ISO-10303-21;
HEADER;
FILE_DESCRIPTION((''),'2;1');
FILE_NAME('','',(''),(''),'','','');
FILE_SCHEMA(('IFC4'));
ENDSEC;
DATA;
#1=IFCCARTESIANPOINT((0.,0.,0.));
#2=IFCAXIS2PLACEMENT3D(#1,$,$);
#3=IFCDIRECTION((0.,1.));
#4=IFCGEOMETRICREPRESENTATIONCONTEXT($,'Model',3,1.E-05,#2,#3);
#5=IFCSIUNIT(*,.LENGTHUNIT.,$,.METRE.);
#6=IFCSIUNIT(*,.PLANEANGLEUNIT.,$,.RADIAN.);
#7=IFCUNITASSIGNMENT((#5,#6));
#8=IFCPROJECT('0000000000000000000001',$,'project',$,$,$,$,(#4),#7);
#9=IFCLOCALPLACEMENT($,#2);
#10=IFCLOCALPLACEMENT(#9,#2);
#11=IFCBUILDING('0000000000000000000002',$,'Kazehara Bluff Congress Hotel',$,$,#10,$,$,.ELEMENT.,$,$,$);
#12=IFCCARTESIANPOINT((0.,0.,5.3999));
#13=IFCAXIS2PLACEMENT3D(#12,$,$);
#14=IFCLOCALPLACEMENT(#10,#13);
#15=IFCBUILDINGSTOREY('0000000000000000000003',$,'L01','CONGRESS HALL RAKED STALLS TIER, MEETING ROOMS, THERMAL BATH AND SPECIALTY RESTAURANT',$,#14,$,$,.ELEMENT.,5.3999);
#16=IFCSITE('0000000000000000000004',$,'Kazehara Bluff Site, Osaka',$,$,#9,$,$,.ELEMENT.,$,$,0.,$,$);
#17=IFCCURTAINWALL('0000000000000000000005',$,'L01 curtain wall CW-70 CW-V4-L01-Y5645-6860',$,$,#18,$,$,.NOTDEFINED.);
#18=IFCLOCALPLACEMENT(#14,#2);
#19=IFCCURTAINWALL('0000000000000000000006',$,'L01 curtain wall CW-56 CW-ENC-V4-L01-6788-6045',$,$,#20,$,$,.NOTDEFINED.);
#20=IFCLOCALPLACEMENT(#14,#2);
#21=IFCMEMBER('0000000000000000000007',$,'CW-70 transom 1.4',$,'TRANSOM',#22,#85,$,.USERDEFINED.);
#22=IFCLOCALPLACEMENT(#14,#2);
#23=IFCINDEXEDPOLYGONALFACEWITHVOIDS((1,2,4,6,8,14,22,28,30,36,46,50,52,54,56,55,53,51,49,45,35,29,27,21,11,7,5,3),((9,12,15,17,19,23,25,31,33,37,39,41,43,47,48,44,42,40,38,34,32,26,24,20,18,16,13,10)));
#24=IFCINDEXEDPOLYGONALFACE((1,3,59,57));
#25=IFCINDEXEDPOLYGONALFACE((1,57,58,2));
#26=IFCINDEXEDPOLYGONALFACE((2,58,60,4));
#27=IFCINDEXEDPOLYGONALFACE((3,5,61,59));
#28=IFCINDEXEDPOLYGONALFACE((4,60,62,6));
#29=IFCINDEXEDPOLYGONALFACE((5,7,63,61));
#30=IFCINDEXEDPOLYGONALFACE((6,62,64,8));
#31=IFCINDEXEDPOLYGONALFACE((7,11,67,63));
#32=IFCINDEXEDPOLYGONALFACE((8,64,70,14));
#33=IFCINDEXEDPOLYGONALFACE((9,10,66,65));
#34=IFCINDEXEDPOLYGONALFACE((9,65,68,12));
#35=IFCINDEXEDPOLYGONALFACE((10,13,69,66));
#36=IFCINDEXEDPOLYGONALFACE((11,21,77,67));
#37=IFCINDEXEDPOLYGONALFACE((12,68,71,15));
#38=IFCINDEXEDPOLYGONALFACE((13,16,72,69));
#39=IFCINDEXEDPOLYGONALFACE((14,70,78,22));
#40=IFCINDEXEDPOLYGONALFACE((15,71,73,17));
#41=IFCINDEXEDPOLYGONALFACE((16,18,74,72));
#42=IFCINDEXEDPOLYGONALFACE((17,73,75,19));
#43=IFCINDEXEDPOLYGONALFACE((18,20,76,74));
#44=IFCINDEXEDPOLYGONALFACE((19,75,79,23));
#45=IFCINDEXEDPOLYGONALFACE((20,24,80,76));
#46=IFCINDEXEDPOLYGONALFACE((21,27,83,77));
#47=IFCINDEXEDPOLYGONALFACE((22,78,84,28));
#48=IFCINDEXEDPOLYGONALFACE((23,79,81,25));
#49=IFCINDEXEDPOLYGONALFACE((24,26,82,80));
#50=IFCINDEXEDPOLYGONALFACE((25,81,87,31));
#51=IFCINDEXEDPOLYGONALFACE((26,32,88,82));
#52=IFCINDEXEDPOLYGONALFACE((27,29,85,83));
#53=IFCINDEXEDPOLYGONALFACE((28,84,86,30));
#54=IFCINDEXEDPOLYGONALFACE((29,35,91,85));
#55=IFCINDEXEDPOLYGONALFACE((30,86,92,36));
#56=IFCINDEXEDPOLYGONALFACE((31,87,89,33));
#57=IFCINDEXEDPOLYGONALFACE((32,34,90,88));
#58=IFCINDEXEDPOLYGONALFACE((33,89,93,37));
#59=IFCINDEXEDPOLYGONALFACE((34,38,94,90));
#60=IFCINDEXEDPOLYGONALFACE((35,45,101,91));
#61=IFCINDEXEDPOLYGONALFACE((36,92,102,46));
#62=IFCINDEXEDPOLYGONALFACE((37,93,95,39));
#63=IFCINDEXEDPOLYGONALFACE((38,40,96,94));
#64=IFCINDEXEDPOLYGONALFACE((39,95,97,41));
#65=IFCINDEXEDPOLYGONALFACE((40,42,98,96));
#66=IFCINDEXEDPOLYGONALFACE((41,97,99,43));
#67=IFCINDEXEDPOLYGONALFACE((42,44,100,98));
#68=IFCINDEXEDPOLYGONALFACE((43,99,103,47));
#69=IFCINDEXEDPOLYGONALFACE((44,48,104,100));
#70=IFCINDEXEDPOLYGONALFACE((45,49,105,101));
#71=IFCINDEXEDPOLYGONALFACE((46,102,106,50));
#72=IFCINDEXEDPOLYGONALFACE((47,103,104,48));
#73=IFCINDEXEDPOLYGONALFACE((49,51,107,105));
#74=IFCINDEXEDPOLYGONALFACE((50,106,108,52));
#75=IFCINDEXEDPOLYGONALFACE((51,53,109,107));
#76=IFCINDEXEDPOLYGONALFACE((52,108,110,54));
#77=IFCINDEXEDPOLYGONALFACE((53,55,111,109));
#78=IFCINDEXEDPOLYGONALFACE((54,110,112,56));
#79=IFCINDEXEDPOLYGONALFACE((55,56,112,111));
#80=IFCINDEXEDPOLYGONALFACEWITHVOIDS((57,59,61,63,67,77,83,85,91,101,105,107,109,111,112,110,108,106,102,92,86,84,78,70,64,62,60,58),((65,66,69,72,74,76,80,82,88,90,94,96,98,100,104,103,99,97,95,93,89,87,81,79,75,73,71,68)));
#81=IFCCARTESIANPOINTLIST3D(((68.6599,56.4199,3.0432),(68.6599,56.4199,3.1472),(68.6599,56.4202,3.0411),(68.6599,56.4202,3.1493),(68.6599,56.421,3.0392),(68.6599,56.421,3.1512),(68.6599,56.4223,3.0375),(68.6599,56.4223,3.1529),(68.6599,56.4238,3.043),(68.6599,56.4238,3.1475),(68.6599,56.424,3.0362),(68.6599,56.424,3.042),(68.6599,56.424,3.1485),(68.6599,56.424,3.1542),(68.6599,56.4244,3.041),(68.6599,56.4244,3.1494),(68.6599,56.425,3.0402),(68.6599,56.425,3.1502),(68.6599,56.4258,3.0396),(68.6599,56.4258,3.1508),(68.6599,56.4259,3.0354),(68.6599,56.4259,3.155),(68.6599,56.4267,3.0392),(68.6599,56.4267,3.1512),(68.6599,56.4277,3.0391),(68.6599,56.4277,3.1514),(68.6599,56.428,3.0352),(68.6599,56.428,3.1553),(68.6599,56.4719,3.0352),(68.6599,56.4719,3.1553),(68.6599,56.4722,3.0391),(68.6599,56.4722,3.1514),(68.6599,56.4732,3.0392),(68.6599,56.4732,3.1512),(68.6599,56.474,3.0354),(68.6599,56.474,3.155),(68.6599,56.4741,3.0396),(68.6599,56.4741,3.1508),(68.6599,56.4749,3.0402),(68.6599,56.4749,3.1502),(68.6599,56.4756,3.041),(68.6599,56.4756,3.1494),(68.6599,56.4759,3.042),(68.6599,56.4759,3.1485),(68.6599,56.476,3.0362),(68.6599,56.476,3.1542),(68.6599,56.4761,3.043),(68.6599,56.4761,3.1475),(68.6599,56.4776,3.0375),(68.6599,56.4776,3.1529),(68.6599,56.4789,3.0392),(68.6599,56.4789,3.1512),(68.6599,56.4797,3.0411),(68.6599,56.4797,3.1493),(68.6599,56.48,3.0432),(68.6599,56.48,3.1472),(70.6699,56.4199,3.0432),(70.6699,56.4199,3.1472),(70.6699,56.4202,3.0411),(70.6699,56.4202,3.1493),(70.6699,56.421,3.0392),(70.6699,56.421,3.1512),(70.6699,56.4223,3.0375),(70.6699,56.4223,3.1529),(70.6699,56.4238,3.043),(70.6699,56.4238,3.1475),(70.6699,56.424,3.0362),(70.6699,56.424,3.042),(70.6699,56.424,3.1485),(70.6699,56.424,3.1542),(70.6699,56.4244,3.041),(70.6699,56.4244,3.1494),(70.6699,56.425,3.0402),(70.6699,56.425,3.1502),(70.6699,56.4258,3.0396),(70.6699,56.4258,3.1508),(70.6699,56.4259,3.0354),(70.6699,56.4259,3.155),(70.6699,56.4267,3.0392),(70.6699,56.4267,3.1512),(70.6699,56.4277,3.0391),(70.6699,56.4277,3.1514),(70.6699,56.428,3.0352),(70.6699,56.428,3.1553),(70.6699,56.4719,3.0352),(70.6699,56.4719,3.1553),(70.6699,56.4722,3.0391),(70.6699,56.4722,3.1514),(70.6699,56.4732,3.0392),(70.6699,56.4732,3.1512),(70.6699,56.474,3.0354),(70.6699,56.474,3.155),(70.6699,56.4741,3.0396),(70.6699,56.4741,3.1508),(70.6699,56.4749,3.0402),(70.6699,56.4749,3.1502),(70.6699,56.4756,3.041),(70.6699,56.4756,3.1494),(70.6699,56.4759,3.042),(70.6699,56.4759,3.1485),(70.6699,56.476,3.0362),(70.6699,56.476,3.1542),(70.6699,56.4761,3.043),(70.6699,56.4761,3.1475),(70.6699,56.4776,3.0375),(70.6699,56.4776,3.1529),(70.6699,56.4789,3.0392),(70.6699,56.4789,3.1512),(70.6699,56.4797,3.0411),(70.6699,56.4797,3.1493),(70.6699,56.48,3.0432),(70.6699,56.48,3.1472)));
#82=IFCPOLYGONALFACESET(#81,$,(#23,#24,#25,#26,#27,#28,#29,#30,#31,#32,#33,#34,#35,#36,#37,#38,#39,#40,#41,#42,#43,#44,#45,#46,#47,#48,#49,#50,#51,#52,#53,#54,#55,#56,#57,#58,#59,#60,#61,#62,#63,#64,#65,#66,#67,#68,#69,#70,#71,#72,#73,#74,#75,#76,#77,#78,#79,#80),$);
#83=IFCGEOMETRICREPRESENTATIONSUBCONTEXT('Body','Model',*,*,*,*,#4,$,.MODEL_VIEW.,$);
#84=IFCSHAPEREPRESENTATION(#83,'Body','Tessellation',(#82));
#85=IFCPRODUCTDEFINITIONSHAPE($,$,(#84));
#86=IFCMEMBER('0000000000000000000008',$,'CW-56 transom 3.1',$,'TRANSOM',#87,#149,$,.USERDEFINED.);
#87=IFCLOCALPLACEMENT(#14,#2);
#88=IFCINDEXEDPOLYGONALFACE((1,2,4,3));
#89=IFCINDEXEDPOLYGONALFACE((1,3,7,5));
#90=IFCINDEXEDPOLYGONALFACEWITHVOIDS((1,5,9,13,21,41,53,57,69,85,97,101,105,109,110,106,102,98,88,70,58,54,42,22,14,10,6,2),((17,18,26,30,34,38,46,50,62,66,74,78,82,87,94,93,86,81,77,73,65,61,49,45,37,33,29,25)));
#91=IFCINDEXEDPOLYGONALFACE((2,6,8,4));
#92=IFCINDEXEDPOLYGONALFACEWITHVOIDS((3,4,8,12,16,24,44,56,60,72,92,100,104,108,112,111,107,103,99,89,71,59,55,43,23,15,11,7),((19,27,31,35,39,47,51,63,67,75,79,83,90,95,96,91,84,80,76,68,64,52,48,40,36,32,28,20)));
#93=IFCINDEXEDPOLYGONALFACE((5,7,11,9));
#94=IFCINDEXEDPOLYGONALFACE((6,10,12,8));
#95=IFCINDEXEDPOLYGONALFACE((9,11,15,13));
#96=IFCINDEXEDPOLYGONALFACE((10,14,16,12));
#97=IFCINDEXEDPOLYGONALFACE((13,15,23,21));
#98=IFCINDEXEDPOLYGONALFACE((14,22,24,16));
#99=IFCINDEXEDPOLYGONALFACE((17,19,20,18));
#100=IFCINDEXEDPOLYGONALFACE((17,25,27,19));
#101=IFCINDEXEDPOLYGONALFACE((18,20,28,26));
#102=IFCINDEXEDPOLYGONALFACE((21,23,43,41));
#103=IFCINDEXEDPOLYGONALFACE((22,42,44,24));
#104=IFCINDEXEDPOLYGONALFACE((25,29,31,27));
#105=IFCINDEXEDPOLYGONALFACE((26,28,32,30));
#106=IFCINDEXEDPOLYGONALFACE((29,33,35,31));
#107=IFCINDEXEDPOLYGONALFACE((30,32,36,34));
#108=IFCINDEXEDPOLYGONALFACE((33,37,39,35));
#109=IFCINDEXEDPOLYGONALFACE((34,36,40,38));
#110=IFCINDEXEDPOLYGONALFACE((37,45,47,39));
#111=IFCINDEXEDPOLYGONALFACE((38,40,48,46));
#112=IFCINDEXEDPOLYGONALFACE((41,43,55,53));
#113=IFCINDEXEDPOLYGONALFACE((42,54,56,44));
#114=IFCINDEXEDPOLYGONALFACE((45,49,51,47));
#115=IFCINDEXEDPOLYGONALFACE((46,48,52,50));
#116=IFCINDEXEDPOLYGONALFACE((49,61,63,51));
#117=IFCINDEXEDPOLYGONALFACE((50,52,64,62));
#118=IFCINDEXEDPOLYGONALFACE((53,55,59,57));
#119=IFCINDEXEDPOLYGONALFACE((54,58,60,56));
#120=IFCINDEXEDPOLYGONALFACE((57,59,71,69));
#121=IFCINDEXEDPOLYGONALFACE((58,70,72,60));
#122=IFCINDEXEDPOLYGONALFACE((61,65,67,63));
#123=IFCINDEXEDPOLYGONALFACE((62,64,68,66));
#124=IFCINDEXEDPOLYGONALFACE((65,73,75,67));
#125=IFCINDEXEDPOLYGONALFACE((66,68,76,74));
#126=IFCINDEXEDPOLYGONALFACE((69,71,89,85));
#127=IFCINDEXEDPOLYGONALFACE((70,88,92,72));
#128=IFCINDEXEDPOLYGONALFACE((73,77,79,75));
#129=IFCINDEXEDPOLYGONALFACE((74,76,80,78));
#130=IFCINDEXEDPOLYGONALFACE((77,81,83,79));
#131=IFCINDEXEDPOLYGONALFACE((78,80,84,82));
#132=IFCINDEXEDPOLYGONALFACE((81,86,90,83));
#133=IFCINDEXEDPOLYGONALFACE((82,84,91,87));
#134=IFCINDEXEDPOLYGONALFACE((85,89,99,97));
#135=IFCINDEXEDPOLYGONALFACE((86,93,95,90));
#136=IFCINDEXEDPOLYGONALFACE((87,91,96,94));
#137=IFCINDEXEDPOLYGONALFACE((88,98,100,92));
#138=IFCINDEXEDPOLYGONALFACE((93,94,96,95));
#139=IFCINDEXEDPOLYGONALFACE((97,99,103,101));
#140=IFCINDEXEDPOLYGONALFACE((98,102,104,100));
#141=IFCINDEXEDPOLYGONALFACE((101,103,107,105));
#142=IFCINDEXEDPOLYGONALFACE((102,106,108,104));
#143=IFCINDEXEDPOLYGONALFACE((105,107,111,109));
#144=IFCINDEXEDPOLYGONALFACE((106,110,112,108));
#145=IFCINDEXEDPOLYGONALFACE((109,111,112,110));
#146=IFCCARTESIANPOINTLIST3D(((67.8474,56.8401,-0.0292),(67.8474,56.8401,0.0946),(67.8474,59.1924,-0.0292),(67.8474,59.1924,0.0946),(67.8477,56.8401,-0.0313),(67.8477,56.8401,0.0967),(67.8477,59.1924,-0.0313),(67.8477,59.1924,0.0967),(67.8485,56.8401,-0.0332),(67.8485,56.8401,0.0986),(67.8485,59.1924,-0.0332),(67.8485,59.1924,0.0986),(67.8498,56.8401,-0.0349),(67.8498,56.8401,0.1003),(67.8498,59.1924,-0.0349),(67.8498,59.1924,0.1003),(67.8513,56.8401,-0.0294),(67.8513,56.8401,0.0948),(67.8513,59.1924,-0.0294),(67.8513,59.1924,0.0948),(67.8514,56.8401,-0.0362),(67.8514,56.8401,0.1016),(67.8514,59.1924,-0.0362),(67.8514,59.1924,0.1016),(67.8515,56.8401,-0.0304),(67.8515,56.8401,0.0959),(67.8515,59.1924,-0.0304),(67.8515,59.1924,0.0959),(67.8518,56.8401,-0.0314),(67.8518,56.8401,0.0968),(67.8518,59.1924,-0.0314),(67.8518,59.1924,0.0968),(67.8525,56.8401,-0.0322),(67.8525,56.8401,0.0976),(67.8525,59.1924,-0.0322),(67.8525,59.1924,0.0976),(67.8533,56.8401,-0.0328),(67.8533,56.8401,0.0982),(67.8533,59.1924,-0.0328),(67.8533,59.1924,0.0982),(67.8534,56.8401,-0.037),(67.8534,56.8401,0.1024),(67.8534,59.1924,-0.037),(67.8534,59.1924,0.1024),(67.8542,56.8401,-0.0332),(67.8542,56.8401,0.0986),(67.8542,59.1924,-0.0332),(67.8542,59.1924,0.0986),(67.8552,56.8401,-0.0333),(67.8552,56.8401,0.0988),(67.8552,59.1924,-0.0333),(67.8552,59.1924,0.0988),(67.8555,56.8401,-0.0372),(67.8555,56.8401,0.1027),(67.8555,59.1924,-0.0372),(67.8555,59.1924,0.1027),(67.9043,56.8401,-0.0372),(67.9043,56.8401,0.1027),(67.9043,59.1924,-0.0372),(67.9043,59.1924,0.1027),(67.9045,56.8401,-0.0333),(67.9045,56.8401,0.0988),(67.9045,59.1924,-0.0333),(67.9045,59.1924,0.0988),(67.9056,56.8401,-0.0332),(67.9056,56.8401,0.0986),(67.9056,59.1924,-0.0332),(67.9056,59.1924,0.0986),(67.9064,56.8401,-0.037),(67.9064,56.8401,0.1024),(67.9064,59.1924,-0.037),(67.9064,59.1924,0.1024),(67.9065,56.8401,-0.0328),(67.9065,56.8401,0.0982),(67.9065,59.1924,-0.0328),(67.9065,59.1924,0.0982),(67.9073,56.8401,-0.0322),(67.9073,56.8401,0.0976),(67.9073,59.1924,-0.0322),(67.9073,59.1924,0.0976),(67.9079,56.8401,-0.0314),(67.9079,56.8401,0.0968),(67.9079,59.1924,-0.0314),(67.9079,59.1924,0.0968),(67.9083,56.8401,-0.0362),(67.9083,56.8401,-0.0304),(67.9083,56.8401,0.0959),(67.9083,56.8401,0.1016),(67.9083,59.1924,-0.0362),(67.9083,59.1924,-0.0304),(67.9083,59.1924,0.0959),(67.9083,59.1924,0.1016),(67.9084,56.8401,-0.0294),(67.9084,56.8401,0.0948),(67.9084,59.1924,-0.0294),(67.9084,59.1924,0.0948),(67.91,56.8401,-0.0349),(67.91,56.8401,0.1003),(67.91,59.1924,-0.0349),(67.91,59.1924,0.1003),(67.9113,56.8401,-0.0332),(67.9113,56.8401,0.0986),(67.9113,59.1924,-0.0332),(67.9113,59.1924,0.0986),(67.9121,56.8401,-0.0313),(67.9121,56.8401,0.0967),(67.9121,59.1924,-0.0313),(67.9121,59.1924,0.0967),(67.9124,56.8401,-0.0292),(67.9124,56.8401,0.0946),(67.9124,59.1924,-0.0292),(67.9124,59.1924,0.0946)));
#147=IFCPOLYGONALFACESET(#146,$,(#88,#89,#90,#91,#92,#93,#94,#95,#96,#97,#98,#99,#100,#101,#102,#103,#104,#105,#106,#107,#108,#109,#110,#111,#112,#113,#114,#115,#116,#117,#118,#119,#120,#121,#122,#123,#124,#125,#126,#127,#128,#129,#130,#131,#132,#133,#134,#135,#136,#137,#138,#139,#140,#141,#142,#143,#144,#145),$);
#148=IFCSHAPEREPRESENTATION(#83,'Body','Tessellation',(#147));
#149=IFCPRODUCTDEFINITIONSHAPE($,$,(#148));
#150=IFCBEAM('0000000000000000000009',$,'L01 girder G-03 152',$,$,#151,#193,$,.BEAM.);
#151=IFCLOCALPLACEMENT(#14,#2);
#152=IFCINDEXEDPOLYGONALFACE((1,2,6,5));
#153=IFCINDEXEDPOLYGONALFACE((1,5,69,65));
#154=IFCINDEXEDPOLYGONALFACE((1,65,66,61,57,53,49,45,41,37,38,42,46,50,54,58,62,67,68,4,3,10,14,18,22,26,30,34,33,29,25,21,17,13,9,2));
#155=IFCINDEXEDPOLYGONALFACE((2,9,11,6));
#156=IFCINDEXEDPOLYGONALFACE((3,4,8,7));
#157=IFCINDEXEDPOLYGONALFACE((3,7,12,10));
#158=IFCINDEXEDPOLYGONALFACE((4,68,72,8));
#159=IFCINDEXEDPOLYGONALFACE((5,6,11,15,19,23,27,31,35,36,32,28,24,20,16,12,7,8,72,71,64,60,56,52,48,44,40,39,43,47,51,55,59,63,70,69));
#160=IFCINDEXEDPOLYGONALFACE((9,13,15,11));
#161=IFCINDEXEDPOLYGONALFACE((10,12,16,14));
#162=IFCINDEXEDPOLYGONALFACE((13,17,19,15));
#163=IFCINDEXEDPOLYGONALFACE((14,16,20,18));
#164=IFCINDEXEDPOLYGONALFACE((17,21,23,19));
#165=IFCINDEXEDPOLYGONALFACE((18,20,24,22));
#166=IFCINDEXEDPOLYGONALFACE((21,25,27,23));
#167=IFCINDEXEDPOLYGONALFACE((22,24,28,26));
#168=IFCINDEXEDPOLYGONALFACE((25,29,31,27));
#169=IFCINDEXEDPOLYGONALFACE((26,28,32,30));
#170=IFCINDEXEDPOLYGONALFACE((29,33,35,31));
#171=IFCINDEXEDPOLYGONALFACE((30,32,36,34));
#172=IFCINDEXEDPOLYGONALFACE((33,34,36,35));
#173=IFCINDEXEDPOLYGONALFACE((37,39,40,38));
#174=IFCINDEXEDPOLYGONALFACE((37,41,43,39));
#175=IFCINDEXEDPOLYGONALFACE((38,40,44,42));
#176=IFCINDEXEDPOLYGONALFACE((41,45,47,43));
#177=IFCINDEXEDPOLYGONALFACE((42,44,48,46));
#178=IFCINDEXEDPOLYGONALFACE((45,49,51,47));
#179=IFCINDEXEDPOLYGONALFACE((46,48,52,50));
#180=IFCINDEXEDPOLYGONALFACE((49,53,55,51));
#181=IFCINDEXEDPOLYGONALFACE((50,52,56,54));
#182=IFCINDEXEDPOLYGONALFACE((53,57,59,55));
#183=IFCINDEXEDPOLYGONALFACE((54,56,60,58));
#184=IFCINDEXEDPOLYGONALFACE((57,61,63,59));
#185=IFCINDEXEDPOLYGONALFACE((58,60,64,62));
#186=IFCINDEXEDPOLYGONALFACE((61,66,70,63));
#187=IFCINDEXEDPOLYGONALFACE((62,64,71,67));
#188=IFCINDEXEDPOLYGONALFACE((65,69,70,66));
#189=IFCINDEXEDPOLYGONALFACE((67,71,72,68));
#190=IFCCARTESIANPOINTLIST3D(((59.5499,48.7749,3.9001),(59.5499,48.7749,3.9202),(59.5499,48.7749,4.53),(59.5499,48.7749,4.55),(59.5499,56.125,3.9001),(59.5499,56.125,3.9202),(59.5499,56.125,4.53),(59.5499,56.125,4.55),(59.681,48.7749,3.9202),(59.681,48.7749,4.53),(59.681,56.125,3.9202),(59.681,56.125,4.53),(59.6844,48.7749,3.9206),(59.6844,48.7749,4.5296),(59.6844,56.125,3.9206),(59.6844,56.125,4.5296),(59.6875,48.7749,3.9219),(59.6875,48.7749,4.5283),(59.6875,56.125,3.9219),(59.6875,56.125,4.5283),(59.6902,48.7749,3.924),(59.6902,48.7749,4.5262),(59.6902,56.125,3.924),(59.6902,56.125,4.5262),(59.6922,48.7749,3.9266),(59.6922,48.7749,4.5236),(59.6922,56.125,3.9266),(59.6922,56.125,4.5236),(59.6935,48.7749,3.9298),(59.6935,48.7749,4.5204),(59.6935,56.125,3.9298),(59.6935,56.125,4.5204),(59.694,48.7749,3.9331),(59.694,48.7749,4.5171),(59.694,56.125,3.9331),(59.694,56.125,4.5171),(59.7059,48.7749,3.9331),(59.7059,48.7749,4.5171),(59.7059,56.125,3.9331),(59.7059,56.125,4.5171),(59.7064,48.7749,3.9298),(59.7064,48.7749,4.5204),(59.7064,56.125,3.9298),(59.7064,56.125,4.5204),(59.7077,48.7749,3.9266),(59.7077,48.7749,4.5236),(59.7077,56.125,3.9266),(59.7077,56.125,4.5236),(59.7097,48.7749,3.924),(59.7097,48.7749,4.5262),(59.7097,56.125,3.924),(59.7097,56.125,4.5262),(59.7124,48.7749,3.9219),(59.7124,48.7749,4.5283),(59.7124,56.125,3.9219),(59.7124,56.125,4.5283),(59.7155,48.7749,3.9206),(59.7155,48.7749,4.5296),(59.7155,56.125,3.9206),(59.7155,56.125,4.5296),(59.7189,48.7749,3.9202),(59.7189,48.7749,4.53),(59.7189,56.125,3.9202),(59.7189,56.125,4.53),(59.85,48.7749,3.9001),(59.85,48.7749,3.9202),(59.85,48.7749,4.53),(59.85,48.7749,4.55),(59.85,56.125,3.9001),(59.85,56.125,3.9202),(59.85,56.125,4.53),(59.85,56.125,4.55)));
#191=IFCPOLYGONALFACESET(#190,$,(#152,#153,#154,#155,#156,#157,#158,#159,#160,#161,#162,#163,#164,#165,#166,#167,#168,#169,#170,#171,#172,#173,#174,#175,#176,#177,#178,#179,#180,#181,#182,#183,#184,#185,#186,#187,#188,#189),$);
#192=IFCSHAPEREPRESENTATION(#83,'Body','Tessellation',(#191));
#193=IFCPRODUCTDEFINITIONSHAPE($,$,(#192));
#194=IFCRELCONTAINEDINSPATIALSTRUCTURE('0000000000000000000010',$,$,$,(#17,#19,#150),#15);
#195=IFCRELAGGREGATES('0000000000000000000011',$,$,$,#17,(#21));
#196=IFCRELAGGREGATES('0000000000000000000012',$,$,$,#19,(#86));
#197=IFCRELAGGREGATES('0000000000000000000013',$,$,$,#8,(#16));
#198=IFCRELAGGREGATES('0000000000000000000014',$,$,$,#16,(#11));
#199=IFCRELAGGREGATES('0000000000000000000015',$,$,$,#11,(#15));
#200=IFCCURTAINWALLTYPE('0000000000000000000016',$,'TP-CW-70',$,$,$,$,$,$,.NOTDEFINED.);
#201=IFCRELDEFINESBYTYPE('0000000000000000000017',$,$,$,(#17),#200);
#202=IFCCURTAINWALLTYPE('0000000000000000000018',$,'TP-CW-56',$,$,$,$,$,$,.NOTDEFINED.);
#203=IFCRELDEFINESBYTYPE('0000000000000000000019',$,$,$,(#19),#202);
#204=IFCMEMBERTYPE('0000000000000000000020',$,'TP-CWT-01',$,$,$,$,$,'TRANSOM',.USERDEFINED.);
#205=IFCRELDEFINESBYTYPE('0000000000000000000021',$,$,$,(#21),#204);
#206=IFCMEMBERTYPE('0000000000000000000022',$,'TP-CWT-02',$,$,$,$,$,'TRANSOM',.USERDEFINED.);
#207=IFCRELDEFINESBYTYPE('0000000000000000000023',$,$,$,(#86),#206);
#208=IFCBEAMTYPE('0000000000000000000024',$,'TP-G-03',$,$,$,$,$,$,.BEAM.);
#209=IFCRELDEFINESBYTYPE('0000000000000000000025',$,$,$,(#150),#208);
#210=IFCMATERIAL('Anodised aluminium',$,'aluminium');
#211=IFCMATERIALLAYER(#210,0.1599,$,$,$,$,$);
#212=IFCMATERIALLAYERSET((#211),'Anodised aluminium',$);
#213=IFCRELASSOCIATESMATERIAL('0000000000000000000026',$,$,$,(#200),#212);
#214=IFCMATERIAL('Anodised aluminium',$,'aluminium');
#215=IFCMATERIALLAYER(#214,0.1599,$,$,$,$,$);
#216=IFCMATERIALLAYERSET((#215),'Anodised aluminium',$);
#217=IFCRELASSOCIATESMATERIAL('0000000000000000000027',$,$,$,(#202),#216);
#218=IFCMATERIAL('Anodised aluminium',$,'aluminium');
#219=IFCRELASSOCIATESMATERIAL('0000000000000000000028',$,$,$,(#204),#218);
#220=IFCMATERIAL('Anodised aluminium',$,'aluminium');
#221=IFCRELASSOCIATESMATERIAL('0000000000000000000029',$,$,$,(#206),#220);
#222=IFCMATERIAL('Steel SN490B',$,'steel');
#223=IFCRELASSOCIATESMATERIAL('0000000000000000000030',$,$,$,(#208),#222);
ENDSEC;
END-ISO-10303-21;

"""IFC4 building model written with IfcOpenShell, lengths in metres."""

from ifc_helpers import new_model, si_unit, direction, frame, origin, origin_2d, place, context, subcontext, project, spatial, hollow_rectangle, i_section, extrude, material, layer, layer_set, material_profile, profile_set, type_object, element, aggregate, save


model = new_model("IFC4")

# Units and contexts
model_context = context("Model", 3, precision=1e-05, world=origin(), true_north=direction((0.0, 1.0)))
body_context = subcontext(model_context, "Body", "Model", "MODEL_VIEW")
ifc_project = project(units=[si_unit("LENGTHUNIT", "METRE"), si_unit("PLANEANGLEUNIT", "RADIAN")], contexts=[model_context])

# Site, building, storey
site_placement = place(None, origin())
site = spatial("IfcSite", under=ifc_project, at=site_placement, Name="Kazehara Bluff Site, Osaka", CompositionType="ELEMENT", RefElevation=0.0)
building_placement = place(site_placement, origin())
building = spatial("IfcBuilding", under=site, at=building_placement, Name="Kazehara Bluff Congress Hotel", CompositionType="ELEMENT")
storey_placement = place(building_placement, frame((0.0, 0.0, 5.3999)))
storey = spatial("IfcBuildingStorey", under=building, at=storey_placement, Name="L01", Description="CONGRESS HALL RAKED STALLS TIER, MEETING ROOMS, THERMAL BATH AND SPECIALTY RESTAURANT", CompositionType="ELEMENT", Elevation=5.3999)

# Curtain walls
ifc_material_1 = material(Name="Anodised aluminium", Category="aluminium")
ifc_layer_1 = layer(ifc_material_1, 0.1599)
ifc_layer_set_1 = layer_set([ifc_layer_1], Name="Anodised aluminium")
curtain_wall_type_1 = type_object("IfcCurtainWallType", Name="TP-CW-70", PredefinedType="NOTDEFINED", material=ifc_layer_set_1)
curtain_wall_1_placement = place(storey_placement, origin())
curtain_wall_1 = element("IfcCurtainWall", 1, at=curtain_wall_1_placement, inside=storey, type_object=curtain_wall_type_1, Name="L01 curtain wall CW-70 CW-V4-L01-Y5645-6860", PredefinedType="NOTDEFINED")
ifc_material_2 = material(Name="Anodised aluminium", Category="aluminium")
ifc_layer_2 = layer(ifc_material_2, 0.1599)
ifc_layer_set_2 = layer_set([ifc_layer_2], Name="Anodised aluminium")
curtain_wall_type_2 = type_object("IfcCurtainWallType", Name="TP-CW-56", PredefinedType="NOTDEFINED", material=ifc_layer_set_2)
curtain_wall_2_placement = place(storey_placement, origin())
curtain_wall_2 = element("IfcCurtainWall", 2, at=curtain_wall_2_placement, inside=storey, type_object=curtain_wall_type_2, Name="L01 curtain wall CW-56 CW-ENC-V4-L01-6788-6045", PredefinedType="NOTDEFINED")

# Members
ifc_material_3 = material(Name="Anodised aluminium", Category="aluminium")
ifc_material_profile_1 = material_profile(ifc_material_3, hollow_rectangle(XDim=0.0601, YDim=0.1201, WallThickness=0.0039, InnerFilletRadius=0.0039, OuterFilletRadius=0.0081, at=origin_2d()))
ifc_profile_set_1 = profile_set([ifc_material_profile_1], Name="Anodised aluminium")
member_type_1 = type_object("IfcMemberType", Name="TP-CWT-01", ElementType="TRANSOM", PredefinedType="USERDEFINED", material=ifc_profile_set_1)
member_1_placement = place(storey_placement, frame((68.6599, 56.45, 3.0952), z_axis=(1.0, 0.0, 0.0), x_axis=(0.0, 1.0, 0.0)))
member_1 = element("IfcMember", 3, at=member_1_placement, type_object=member_type_1, Name="CW-70 transom 1.4", ObjectType="TRANSOM", PredefinedType="USERDEFINED", context=body_context, shape_type="SweptSolid", body=[
    extrude(hollow_rectangle(XDim=0.0601, YDim=0.1201, WallThickness=0.0039, InnerFilletRadius=0.0039, OuterFilletRadius=0.0081, at=origin_2d()), origin(), (0.0, 0.0, 1.0), 2.01),
])
aggregate(curtain_wall_1, [member_1])
ifc_material_4 = material(Name="Anodised aluminium", Category="aluminium")
ifc_material_profile_2 = material_profile(ifc_material_4, hollow_rectangle(XDim=0.0649, YDim=0.1399, WallThickness=0.0039, InnerFilletRadius=0.0039, OuterFilletRadius=0.0081, at=origin_2d()))
ifc_profile_set_2 = profile_set([ifc_material_profile_2], Name="Anodised aluminium")
member_type_2 = type_object("IfcMemberType", Name="TP-CWT-02", ElementType="TRANSOM", PredefinedType="USERDEFINED", material=ifc_profile_set_2)
member_2_placement = place(storey_placement, frame((67.8799, 59.1924, 0.0327), z_axis=(0.0, -1.0, 0.0), x_axis=(1.0, 0.0, 0.0)))
member_2 = element("IfcMember", 4, at=member_2_placement, type_object=member_type_2, Name="CW-56 transom 3.1", ObjectType="TRANSOM", PredefinedType="USERDEFINED", context=body_context, shape_type="SweptSolid", body=[
    extrude(hollow_rectangle(XDim=0.0649, YDim=0.1399, WallThickness=0.0039, InnerFilletRadius=0.0039, OuterFilletRadius=0.0081, at=origin_2d()), origin(), (0.0, 0.0, 1.0), 2.3523),
])

# Beam
ifc_material_5 = material(Name="Steel SN490B", Category="steel")
ifc_material_profile_3 = material_profile(ifc_material_5, i_section(OverallWidth=0.3, OverallDepth=0.6499, WebThickness=0.012, FlangeThickness=0.02, FilletRadius=0.0129, at=origin_2d()))
ifc_profile_set_3 = profile_set([ifc_material_profile_3], Name="Steel SN490B")
beam_type_1 = type_object("IfcBeamType", Name="TP-G-03", PredefinedType="BEAM", material=ifc_profile_set_3)
for number, where, z_axis, x_axis, name in (
    (5, (59.7, 48.7749, 4.2251), (0.0, 1.0, 0.0), (-1.0, 0.0, 0.0), "L01 girder G-03 152"),
):
    element("IfcBeam", number, at=place(storey_placement, frame(where, z_axis=z_axis, x_axis=x_axis)), inside=storey, type_object=beam_type_1, Name=name, PredefinedType="BEAM", context=body_context, shape_type="SweptSolid", body=[
        extrude(i_section(OverallWidth=0.3, OverallDepth=0.6499, WebThickness=0.012, FlangeThickness=0.02, FilletRadius=0.0129, at=origin_2d()), origin(), (0.0, 0.0, 1.0), 7.3501),
    ])

aggregate(curtain_wall_2, [member_2])

save(model, "model.ifc")
